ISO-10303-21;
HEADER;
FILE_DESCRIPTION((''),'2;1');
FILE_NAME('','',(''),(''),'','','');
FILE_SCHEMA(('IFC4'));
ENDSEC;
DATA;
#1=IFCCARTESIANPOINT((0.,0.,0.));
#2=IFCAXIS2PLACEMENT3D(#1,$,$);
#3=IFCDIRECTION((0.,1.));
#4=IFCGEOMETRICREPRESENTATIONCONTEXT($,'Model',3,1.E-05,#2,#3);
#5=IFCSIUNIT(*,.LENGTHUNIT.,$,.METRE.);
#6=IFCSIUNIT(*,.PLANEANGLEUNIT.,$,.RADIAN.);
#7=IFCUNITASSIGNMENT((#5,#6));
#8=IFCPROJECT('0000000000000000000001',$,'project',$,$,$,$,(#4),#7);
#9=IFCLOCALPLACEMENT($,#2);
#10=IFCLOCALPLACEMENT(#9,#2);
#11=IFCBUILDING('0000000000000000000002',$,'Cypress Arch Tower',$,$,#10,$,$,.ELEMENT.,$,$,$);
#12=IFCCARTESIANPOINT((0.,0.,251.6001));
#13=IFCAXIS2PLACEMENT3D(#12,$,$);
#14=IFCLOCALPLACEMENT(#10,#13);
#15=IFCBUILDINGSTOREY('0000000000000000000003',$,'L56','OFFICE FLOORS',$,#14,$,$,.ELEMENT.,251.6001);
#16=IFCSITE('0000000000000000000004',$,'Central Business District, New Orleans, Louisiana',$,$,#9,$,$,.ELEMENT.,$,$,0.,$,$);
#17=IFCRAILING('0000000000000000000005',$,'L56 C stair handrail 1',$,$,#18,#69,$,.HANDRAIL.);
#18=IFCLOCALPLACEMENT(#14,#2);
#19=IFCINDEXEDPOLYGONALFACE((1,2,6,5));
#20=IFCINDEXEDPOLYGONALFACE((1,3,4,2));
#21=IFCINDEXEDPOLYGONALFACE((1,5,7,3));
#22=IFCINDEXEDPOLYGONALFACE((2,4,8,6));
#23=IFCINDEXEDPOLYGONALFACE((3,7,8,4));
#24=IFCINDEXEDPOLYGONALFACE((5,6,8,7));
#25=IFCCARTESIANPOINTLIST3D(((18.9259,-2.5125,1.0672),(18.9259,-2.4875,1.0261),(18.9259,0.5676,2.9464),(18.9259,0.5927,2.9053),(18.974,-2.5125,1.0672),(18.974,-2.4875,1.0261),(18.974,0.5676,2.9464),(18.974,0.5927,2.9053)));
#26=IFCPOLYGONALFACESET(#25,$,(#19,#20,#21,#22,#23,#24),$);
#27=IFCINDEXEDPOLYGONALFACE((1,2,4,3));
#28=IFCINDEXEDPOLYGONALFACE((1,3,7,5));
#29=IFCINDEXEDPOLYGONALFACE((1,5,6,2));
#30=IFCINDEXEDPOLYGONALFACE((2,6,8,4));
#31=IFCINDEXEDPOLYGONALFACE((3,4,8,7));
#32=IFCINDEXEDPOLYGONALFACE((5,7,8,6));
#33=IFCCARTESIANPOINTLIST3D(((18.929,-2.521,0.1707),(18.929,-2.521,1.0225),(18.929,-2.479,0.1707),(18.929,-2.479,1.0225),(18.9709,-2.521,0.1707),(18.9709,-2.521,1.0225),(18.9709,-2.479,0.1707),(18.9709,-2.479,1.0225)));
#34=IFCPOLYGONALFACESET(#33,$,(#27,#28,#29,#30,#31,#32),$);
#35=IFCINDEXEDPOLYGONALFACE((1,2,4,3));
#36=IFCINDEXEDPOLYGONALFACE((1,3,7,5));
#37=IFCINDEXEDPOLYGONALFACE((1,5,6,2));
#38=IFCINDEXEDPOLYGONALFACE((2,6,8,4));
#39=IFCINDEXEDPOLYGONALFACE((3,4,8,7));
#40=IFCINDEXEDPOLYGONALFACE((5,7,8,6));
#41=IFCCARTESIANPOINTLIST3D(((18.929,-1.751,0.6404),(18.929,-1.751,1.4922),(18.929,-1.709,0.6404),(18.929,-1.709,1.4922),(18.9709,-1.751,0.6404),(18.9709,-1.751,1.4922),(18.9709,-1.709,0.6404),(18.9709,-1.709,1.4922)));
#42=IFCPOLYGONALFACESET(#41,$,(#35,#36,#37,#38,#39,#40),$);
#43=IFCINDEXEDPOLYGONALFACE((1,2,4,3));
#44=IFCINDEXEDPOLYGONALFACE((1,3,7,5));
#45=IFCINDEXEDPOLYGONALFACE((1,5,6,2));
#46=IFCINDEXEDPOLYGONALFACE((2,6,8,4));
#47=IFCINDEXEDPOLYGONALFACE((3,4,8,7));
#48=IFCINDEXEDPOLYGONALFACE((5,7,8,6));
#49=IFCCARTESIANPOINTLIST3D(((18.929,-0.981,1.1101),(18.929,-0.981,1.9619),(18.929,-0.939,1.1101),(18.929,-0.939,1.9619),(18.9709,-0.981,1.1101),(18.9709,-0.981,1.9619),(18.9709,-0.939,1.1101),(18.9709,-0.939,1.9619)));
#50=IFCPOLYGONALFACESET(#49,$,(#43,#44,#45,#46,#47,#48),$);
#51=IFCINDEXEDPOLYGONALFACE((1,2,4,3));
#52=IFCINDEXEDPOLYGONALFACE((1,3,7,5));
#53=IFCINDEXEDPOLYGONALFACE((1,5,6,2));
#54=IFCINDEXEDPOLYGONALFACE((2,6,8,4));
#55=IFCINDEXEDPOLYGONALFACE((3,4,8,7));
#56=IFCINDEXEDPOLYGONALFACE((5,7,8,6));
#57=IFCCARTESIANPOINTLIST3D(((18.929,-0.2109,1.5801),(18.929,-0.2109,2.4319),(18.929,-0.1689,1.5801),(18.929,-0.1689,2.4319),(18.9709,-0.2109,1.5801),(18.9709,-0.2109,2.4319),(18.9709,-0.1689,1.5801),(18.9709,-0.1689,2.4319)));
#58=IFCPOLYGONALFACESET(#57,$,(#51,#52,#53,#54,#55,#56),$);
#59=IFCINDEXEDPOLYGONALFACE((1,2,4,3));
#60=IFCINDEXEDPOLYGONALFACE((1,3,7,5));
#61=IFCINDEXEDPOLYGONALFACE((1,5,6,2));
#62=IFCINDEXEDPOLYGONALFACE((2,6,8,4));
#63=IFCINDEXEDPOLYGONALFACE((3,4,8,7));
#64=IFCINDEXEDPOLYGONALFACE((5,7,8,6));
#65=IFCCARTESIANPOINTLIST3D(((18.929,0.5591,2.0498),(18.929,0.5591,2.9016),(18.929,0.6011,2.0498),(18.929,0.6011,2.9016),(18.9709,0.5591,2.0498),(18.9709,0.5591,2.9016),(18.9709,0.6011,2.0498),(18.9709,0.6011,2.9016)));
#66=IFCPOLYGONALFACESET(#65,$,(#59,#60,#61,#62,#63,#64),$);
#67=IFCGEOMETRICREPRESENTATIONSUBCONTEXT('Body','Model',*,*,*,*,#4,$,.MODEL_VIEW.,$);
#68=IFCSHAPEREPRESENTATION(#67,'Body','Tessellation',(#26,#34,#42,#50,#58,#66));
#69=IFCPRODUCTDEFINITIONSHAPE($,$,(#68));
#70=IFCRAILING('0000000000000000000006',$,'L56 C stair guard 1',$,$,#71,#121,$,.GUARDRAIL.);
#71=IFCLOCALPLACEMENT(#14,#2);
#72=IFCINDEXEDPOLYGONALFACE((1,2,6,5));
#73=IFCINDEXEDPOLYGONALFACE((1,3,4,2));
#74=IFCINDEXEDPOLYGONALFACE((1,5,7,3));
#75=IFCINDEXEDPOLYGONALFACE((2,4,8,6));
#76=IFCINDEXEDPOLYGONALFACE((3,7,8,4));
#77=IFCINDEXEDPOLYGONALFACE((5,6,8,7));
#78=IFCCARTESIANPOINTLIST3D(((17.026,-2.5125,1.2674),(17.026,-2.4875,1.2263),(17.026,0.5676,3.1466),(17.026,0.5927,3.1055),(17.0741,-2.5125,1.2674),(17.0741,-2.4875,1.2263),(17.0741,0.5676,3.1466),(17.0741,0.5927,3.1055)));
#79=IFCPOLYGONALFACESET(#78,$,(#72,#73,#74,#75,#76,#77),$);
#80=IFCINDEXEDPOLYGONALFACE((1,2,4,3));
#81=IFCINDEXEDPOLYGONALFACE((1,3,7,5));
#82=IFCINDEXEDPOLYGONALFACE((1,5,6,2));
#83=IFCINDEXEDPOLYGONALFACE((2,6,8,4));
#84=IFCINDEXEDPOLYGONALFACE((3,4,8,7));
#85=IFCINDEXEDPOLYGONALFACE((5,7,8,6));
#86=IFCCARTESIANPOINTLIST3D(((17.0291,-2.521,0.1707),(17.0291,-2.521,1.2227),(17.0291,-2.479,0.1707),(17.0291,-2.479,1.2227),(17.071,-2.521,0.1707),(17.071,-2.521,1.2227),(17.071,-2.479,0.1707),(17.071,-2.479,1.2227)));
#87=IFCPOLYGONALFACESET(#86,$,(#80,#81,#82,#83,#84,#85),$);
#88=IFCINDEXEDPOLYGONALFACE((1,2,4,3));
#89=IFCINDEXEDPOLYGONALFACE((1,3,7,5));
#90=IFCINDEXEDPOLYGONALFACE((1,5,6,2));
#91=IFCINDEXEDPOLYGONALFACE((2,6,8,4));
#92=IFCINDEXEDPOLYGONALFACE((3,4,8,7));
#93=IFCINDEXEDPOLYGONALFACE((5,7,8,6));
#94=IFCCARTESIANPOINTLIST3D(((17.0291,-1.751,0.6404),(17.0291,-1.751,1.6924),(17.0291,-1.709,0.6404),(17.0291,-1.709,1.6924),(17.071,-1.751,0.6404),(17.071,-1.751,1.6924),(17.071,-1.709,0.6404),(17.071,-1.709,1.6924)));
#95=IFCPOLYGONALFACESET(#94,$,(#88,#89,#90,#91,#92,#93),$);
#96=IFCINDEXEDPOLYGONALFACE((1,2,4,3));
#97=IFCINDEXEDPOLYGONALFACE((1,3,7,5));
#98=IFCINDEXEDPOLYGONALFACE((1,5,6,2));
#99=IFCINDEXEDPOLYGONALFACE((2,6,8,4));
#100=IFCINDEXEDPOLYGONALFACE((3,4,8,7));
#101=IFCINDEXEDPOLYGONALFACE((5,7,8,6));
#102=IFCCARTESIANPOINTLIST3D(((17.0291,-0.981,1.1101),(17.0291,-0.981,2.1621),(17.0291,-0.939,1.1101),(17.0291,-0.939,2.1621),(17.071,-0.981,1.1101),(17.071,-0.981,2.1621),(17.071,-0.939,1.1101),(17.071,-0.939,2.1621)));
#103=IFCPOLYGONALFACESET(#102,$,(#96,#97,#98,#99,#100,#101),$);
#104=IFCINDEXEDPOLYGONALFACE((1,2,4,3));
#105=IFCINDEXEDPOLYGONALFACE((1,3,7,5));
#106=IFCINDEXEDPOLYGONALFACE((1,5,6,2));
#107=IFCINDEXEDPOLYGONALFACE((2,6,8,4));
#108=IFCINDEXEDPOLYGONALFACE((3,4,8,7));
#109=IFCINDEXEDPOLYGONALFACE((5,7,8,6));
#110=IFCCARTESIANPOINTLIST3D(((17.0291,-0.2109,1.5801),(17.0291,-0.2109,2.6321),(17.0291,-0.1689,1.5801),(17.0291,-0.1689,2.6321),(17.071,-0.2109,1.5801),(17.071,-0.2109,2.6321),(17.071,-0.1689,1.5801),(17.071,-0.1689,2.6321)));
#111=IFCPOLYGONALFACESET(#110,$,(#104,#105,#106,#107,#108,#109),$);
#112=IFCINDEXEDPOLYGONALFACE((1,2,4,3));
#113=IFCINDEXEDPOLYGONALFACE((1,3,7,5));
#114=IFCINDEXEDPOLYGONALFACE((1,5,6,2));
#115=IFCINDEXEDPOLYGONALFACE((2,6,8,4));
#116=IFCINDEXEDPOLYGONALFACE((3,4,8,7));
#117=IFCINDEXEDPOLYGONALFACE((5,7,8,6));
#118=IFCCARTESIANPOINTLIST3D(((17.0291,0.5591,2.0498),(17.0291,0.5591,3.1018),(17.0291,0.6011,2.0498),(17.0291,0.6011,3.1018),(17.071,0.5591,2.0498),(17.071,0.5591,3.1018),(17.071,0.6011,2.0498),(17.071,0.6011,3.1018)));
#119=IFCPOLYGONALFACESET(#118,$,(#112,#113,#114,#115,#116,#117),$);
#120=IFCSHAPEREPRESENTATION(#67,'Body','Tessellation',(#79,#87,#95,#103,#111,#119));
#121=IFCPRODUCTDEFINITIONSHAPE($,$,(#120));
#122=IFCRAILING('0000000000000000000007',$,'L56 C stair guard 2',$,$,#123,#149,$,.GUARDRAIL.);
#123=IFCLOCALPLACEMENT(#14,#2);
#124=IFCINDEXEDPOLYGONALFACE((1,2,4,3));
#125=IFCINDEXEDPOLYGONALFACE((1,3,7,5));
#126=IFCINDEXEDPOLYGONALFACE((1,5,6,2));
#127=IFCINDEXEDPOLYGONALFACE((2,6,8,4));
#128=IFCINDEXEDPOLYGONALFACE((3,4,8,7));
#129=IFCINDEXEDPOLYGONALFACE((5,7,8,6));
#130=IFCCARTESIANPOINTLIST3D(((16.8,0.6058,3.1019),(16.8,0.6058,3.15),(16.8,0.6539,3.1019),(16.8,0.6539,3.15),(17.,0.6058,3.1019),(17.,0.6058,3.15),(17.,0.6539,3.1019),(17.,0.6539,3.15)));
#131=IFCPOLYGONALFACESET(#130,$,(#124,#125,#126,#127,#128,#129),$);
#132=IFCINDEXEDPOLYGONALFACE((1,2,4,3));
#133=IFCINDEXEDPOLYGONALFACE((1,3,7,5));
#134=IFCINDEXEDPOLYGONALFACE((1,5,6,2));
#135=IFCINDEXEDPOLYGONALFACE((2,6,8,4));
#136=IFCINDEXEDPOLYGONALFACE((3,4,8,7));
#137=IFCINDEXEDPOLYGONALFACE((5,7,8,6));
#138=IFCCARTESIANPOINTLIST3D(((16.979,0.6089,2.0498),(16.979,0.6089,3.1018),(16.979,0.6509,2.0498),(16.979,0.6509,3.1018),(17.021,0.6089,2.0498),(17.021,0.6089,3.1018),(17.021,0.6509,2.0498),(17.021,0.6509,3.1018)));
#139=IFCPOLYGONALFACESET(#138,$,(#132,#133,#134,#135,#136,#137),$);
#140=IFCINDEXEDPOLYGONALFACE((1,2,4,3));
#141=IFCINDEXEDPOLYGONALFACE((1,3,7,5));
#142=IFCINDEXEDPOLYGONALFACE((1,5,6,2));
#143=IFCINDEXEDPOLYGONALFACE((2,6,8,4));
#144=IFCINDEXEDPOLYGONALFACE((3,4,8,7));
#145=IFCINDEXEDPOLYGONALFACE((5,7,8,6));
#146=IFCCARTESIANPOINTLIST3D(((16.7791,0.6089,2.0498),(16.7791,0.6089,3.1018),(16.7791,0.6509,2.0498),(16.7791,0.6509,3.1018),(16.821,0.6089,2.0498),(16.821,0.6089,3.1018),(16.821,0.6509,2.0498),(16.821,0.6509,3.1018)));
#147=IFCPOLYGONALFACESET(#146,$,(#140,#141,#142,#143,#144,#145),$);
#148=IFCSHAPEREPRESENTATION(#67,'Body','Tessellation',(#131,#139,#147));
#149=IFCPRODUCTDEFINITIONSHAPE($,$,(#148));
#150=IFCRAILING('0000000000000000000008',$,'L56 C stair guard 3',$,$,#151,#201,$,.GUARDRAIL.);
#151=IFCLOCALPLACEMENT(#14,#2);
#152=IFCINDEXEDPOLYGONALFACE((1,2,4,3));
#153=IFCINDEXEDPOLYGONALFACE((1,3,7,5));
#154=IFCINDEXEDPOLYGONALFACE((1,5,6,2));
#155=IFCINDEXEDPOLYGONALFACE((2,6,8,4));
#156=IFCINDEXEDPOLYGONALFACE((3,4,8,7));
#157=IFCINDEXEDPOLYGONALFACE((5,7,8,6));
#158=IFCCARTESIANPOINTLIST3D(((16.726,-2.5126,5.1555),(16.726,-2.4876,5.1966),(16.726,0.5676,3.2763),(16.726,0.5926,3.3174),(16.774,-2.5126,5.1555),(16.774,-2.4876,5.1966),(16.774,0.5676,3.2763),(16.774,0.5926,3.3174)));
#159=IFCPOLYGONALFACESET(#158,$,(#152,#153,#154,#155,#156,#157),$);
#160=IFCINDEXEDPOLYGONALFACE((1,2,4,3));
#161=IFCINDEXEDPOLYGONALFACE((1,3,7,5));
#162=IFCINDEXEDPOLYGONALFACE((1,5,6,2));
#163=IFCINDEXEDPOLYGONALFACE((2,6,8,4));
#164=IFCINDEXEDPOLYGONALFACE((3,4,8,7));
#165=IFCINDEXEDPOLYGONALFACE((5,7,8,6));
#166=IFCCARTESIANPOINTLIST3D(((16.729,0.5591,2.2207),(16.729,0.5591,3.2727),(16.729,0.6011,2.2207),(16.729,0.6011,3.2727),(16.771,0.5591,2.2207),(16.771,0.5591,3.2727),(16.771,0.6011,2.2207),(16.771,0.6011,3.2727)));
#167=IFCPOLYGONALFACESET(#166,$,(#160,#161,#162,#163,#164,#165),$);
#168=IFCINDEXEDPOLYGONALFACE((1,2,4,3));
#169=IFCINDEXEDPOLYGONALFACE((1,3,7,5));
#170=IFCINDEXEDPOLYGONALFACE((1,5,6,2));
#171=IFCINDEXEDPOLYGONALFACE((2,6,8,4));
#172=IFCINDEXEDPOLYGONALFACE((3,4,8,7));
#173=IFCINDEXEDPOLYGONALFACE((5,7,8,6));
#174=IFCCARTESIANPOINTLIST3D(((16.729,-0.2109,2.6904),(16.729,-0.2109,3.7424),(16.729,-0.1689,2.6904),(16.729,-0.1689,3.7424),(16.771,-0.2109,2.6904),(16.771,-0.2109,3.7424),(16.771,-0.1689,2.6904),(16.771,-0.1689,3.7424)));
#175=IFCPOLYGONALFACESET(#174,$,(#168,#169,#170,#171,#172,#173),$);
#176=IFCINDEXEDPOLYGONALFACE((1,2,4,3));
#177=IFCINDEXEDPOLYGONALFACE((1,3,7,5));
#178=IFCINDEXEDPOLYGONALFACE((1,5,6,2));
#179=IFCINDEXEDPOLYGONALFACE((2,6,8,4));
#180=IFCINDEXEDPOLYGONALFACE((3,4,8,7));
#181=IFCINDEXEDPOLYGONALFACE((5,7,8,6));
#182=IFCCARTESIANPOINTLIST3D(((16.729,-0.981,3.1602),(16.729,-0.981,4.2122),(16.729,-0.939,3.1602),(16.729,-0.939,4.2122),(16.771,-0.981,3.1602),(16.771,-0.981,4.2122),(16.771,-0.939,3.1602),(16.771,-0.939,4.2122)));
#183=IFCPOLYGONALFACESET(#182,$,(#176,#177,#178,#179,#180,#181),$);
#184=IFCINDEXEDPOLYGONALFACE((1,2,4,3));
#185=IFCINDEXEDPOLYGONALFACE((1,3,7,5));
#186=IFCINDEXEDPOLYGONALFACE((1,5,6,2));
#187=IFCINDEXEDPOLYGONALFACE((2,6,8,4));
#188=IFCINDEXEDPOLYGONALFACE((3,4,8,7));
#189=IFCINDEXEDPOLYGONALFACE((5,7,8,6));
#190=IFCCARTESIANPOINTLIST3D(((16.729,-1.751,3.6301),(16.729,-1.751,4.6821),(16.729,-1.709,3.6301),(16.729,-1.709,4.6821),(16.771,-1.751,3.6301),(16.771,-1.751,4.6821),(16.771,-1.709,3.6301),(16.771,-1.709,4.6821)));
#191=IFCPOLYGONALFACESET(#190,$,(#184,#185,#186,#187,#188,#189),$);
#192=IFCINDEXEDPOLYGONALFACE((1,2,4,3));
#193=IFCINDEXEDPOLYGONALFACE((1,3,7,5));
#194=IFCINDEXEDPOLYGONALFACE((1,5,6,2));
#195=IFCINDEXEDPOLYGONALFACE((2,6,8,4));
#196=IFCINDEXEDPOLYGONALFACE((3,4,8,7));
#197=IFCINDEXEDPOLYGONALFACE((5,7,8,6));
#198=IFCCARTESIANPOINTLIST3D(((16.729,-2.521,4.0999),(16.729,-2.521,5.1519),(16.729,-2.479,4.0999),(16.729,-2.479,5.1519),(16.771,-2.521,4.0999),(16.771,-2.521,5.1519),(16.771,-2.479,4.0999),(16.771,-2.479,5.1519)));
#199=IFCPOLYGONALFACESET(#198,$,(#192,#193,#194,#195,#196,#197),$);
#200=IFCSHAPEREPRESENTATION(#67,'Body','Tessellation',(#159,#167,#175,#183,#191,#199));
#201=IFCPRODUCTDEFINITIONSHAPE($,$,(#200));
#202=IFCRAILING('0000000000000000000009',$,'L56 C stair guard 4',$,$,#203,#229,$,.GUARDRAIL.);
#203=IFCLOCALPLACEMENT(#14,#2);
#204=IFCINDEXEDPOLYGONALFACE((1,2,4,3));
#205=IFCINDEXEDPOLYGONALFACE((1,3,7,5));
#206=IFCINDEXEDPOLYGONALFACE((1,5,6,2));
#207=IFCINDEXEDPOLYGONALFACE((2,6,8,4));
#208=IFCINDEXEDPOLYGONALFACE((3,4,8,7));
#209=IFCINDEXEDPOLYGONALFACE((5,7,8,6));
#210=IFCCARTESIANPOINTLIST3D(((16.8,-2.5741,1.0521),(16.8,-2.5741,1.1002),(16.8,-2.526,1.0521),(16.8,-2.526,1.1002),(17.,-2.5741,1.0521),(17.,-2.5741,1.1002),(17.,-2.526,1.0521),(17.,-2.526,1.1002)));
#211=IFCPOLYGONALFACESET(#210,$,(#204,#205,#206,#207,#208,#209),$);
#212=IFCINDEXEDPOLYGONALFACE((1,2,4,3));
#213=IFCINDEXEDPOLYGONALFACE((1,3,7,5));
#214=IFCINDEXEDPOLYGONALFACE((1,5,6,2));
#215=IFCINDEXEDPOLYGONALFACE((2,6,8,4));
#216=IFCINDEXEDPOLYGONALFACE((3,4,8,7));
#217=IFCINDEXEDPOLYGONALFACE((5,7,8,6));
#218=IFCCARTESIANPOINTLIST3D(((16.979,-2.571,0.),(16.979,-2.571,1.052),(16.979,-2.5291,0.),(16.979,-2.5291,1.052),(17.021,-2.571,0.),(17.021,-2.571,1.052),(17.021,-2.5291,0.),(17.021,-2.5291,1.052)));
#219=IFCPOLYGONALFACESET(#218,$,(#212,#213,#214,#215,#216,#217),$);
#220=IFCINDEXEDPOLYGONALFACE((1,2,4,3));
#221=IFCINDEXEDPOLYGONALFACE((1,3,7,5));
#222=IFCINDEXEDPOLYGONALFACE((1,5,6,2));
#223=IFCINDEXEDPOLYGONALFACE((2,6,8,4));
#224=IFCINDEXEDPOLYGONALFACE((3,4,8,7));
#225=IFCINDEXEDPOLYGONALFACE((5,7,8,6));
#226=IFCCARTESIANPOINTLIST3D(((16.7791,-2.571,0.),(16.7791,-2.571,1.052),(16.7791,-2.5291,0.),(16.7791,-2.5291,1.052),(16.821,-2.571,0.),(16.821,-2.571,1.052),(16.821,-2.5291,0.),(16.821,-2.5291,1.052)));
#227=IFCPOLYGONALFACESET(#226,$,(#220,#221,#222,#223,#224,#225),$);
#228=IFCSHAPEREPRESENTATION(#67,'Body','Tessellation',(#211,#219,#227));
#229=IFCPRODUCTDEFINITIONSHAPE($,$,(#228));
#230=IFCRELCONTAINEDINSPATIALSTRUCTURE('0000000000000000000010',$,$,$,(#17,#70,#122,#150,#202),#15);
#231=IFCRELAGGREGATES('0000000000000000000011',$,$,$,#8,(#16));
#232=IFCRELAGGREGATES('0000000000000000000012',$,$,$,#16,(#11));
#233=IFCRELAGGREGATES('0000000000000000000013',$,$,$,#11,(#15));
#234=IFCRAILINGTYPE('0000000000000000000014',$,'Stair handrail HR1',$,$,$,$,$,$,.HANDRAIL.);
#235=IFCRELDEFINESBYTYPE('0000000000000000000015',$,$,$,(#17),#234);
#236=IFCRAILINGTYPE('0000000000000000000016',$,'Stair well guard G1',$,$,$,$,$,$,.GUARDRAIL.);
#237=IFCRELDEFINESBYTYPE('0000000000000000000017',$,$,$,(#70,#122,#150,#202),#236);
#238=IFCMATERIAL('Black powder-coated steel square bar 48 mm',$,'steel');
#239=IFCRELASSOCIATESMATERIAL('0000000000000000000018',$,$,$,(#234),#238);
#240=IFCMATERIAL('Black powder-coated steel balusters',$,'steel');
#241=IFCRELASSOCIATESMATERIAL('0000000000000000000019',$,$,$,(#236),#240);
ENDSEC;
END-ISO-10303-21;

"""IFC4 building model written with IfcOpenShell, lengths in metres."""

from ifc_helpers import new_model, si_unit, direction, frame, origin, origin_2d, place, context, subcontext, project, spatial, rectangle, extrude, material, type_object, element, save


model = new_model("IFC4")

# Units and contexts
model_context = context("Model", 3, precision=1e-05, world=origin(), true_north=direction((0.0, 1.0)))
body_context = subcontext(model_context, "Body", "Model", "MODEL_VIEW")
ifc_project = project(units=[si_unit("LENGTHUNIT", "METRE"), si_unit("PLANEANGLEUNIT", "RADIAN")], contexts=[model_context])

# Site, building, storey
site_placement = place(None, origin())
site = spatial("IfcSite", under=ifc_project, at=site_placement, Name="Central Business District, New Orleans, Louisiana", CompositionType="ELEMENT", RefElevation=0.0)
building_placement = place(site_placement, origin())
building = spatial("IfcBuilding", under=site, at=building_placement, Name="Cypress Arch Tower", CompositionType="ELEMENT")
storey_placement = place(building_placement, frame((0.0, 0.0, 251.6001)))
storey = spatial("IfcBuildingStorey", under=building, at=storey_placement, Name="L56", Description="OFFICE FLOORS", CompositionType="ELEMENT", Elevation=251.6001)

# Railings
ifc_material_1 = material(Name="Black powder-coated steel square bar 48 mm", Category="steel")
railing_type_1 = type_object("IfcRailingType", Name="Stair handrail HR1", PredefinedType="HANDRAIL", material=ifc_material_1)
railing_1_placement = place(storey_placement, frame((18.95, -2.5, 0.1707)))
element("IfcRailing", 1, at=railing_1_placement, inside=storey, type_object=railing_type_1, Name="L56 C stair handrail 1", PredefinedType="HANDRAIL", context=body_context, shape_type="SweptSolid", body=[
    extrude(rectangle(XDim=0.0481, YDim=0.0481, at=origin_2d()), frame((0.0, 0.0, 0.876), z_axis=(0.0, 0.853666, 0.52082), x_axis=(-1.0, 0.0, 0.0)), (0.0, 0.0, 1.0), 3.6082),
    extrude(rectangle(XDim=0.042, YDim=0.042, at=origin_2d()), origin(), (0.0, 0.0, 1.0), 0.8518),
    extrude(rectangle(XDim=0.042, YDim=0.042, at=origin_2d()), frame((0.0, 0.77, 0.4697)), (0.0, 0.0, 1.0), 0.8518),
    extrude(rectangle(XDim=0.042, YDim=0.042, at=origin_2d()), frame((0.0, 1.54, 0.9395)), (0.0, 0.0, 1.0), 0.8518),
    extrude(rectangle(XDim=0.042, YDim=0.042, at=origin_2d()), frame((0.0, 2.3101, 1.4094)), (0.0, 0.0, 1.0), 0.8518),
    extrude(rectangle(XDim=0.042, YDim=0.042, at=origin_2d()), frame((0.0, 3.0801, 1.8792)), (0.0, 0.0, 1.0), 0.8518),
])
ifc_material_2 = material(Name="Black powder-coated steel balusters", Category="steel")
railing_type_2 = type_object("IfcRailingType", Name="Stair well guard G1", PredefinedType="GUARDRAIL", material=ifc_material_2)
railing_2_placement = place(storey_placement, frame((17.05, -2.5, 0.1707)))
element("IfcRailing", 2, at=railing_2_placement, inside=storey, type_object=railing_type_2, Name="L56 C stair guard 1", PredefinedType="GUARDRAIL", context=body_context, shape_type="SweptSolid", body=[
    extrude(rectangle(XDim=0.0481, YDim=0.0481, at=origin_2d()), frame((0.0, 0.0, 1.0762), z_axis=(0.0, 0.853666, 0.52082), x_axis=(-1.0, 0.0, 0.0)), (0.0, 0.0, 1.0), 3.6082),
    extrude(rectangle(XDim=0.042, YDim=0.042, at=origin_2d()), origin(), (0.0, 0.0, 1.0), 1.052),
    extrude(rectangle(XDim=0.042, YDim=0.042, at=origin_2d()), frame((0.0, 0.77, 0.4697)), (0.0, 0.0, 1.0), 1.052),
    extrude(rectangle(XDim=0.042, YDim=0.042, at=origin_2d()), frame((0.0, 1.54, 0.9395)), (0.0, 0.0, 1.0), 1.052),
    extrude(rectangle(XDim=0.042, YDim=0.042, at=origin_2d()), frame((0.0, 2.3101, 1.4094)), (0.0, 0.0, 1.0), 1.052),
    extrude(rectangle(XDim=0.042, YDim=0.042, at=origin_2d()), frame((0.0, 3.0801, 1.8792)), (0.0, 0.0, 1.0), 1.052),
])
railing_3_placement = place(storey_placement, frame((17.0, 0.6299, 2.0498)))
element("IfcRailing", 3, at=railing_3_placement, inside=storey, type_object=railing_type_2, Name="L56 C stair guard 2", PredefinedType="GUARDRAIL", context=body_context, shape_type="SweptSolid", body=[
    extrude(rectangle(XDim=0.0481, YDim=0.0481, at=origin_2d()), frame((0.0, 0.0, 1.0762), z_axis=(-1.0, 0.0, 0.0), x_axis=(0.0, -1.0, 0.0)), (0.0, 0.0, 1.0), 0.2),
    extrude(rectangle(XDim=0.042, YDim=0.042, at=origin_2d()), origin(), (0.0, 0.0, 1.0), 1.052),
    extrude(rectangle(XDim=0.042, YDim=0.042, at=origin_2d()), frame((-0.2, 0.0, 0.0)), (0.0, 0.0, 1.0), 1.052),
])
railing_4_placement = place(storey_placement, frame((16.75, 0.5801, 2.2207)))
element("IfcRailing", 4, at=railing_4_placement, inside=storey, type_object=railing_type_2, Name="L56 C stair guard 3", PredefinedType="GUARDRAIL", context=body_context, shape_type="SweptSolid", body=[
    extrude(rectangle(XDim=0.0481, YDim=0.0481, at=origin_2d()), frame((0.0, 0.0, 1.0762), z_axis=(0.0, -0.853666, 0.52082), x_axis=(1.0, 0.0, 0.0)), (0.0, 0.0, 1.0), 3.6082),
    extrude(rectangle(XDim=0.042, YDim=0.042, at=origin_2d()), origin(), (0.0, 0.0, 1.0), 1.052),
    extrude(rectangle(XDim=0.042, YDim=0.042, at=origin_2d()), frame((0.0, -0.77, 0.4697)), (0.0, 0.0, 1.0), 1.052),
    extrude(rectangle(XDim=0.042, YDim=0.042, at=origin_2d()), frame((0.0, -1.54, 0.9395)), (0.0, 0.0, 1.0), 1.052),
    extrude(rectangle(XDim=0.042, YDim=0.042, at=origin_2d()), frame((0.0, -2.3101, 1.4094)), (0.0, 0.0, 1.0), 1.052),
    extrude(rectangle(XDim=0.042, YDim=0.042, at=origin_2d()), frame((0.0, -3.0801, 1.8792)), (0.0, 0.0, 1.0), 1.052),
])
railing_5_placement = place(storey_placement, frame((17.0, -2.55, 0.0)))
element("IfcRailing", 5, at=railing_5_placement, inside=storey, type_object=railing_type_2, Name="L56 C stair guard 4", PredefinedType="GUARDRAIL", context=body_context, shape_type="SweptSolid", body=[
    extrude(rectangle(XDim=0.0481, YDim=0.0481, at=origin_2d()), frame((0.0, 0.0, 1.0762), z_axis=(-1.0, 0.0, 0.0), x_axis=(0.0, -1.0, 0.0)), (0.0, 0.0, 1.0), 0.2),
    extrude(rectangle(XDim=0.042, YDim=0.042, at=origin_2d()), origin(), (0.0, 0.0, 1.0), 1.052),
    extrude(rectangle(XDim=0.042, YDim=0.042, at=origin_2d()), frame((-0.2, 0.0, 0.0)), (0.0, 0.0, 1.0), 1.052),
])

save(model, "model.ifc")
